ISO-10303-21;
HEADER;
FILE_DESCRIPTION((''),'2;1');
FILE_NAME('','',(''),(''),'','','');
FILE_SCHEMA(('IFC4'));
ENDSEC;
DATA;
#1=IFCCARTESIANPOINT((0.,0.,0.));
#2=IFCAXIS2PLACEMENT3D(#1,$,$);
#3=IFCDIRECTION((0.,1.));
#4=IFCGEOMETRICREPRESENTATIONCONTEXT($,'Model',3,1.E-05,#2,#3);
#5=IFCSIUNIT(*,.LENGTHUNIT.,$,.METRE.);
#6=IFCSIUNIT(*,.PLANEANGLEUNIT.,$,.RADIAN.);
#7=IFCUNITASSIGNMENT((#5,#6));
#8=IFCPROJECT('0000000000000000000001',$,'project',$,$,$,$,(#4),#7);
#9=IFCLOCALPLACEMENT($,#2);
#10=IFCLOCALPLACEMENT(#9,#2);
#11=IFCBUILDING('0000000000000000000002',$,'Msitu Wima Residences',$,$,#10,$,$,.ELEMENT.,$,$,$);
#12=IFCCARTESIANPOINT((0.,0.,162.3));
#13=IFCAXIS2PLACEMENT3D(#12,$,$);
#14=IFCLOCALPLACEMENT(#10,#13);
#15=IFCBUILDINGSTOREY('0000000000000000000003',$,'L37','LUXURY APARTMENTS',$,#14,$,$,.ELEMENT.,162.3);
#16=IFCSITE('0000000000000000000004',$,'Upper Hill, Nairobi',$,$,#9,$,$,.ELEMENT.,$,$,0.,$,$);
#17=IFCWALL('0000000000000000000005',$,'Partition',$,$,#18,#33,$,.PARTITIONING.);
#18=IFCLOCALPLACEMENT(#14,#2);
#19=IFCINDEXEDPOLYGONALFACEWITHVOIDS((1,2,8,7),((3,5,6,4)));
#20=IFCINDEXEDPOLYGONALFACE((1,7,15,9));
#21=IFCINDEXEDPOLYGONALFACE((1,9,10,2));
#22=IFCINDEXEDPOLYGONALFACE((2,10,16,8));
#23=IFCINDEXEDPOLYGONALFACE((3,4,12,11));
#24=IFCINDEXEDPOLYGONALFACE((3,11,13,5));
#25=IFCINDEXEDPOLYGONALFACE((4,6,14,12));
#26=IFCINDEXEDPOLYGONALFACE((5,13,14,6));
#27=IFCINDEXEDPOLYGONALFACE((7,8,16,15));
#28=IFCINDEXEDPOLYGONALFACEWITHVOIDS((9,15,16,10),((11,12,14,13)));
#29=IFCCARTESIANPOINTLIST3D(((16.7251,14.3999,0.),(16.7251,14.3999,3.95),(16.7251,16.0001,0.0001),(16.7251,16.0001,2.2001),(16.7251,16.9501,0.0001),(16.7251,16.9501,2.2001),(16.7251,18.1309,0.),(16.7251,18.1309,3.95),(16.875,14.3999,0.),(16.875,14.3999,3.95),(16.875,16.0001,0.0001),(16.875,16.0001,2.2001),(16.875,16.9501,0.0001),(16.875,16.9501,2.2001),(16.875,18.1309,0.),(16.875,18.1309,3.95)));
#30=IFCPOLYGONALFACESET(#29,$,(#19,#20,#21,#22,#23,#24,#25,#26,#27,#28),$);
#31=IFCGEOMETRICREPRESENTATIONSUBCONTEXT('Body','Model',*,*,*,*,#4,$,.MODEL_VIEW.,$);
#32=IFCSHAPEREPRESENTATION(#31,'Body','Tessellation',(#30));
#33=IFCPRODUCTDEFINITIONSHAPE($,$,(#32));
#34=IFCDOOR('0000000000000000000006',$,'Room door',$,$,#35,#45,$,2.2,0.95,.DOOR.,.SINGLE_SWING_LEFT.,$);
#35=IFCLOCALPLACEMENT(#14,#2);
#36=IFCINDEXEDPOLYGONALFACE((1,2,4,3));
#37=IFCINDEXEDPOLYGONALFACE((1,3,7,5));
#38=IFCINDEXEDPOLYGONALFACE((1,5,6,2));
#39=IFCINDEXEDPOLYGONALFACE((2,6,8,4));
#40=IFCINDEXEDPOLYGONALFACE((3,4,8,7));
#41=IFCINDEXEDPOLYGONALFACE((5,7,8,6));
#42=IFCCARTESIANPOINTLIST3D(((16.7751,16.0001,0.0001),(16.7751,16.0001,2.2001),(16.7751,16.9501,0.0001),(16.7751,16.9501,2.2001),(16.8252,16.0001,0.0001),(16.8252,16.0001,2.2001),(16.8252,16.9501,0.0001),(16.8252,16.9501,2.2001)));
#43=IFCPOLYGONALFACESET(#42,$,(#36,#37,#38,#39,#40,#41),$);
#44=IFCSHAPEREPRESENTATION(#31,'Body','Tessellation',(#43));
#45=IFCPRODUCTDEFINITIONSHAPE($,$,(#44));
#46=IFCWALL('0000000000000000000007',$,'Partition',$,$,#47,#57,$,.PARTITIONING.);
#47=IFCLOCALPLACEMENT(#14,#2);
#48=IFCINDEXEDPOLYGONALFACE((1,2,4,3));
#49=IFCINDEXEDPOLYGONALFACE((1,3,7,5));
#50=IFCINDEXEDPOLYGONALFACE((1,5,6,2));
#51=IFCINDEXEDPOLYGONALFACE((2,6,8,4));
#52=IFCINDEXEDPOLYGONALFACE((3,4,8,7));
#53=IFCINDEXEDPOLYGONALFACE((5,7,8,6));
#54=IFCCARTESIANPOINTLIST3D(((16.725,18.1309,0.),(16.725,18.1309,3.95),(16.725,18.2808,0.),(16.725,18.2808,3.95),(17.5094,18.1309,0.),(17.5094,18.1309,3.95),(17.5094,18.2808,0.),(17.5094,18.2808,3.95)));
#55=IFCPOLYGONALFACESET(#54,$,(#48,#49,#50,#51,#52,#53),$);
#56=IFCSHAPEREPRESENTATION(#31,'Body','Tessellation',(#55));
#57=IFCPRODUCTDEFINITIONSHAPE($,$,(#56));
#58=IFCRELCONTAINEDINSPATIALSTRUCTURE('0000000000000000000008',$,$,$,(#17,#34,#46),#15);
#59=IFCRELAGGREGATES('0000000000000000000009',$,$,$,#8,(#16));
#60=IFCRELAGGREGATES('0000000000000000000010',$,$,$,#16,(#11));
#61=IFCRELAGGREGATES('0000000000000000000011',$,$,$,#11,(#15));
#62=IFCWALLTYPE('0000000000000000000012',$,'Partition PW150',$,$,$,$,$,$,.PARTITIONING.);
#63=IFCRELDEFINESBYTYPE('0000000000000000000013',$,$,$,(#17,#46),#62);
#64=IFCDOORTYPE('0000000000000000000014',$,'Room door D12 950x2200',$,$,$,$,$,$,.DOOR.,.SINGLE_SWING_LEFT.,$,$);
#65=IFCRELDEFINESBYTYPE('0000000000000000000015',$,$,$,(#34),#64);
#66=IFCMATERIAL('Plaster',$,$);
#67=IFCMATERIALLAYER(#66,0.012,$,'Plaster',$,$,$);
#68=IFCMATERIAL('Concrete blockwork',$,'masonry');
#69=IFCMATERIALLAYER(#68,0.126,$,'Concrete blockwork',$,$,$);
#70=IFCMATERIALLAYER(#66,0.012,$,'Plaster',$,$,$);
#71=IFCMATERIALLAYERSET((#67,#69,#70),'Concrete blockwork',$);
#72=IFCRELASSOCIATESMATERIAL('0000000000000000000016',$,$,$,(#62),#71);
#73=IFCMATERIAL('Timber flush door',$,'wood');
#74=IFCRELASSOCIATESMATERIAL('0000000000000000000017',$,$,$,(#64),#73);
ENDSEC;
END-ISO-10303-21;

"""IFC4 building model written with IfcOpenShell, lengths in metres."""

from ifc_helpers import new_model, si_unit, direction, frame, frame_2d, origin, place, context, subcontext, project, spatial, rectangle, extrude, material, layer, layer_set, type_object, element, fill, save


model = new_model("IFC4")

# Units and contexts
model_context = context("Model", 3, precision=1e-05, world=origin(), true_north=direction((0.0, 1.0)))
body_context = subcontext(model_context, "Body", "Model", "MODEL_VIEW")
ifc_project = project(units=[si_unit("LENGTHUNIT", "METRE"), si_unit("PLANEANGLEUNIT", "RADIAN")], contexts=[model_context])

# Site, building, storey
site_placement = place(None, origin())
site = spatial("IfcSite", under=ifc_project, at=site_placement, Name="Upper Hill, Nairobi", CompositionType="ELEMENT", RefElevation=0.0)
building_placement = place(site_placement, origin())
building = spatial("IfcBuilding", under=site, at=building_placement, Name="Msitu Wima Residences", CompositionType="ELEMENT")
storey_placement = place(building_placement, frame((0.0, 0.0, 162.3)))
storey = spatial("IfcBuildingStorey", under=building, at=storey_placement, Name="L37", Description="LUXURY APARTMENTS", CompositionType="ELEMENT", Elevation=162.3)

# Shared definitions
ifc_material_1 = material(Name="Plaster")
ifc_material_2 = material(Name="Concrete blockwork", Category="masonry")

# Wall, opening, door
ifc_layer_1 = layer(ifc_material_1, 0.012, Name="Plaster")
ifc_layer_2 = layer(ifc_material_2, 0.126, Name="Concrete blockwork")
ifc_layer_3 = layer(ifc_material_1, 0.012, Name="Plaster")
ifc_layer_set_1 = layer_set([ifc_layer_1, ifc_layer_2, ifc_layer_3], Name="Concrete blockwork")
wall_type_1 = type_object("IfcWallType", Name="Partition PW150", PredefinedType="PARTITIONING", material=ifc_layer_set_1)
wall_1_placement = place(storey_placement, frame((16.8, 14.3999, 0.0), z_axis=(0.0, 0.0, 1.0), x_axis=(0.0, 1.0, 0.0)))
wall_1 = element("IfcWall", 1, at=wall_1_placement, inside=storey, type_object=wall_type_1, Name="Partition", PredefinedType="PARTITIONING", context=body_context, shape_type="SweptSolid", body=[
    extrude(rectangle(XDim=3.731, YDim=0.1499, at=frame_2d((1.8655, 0.0))), origin(), (0.0, 0.0, 1.0), 3.95),
])
opening_1_placement = place(wall_1_placement, frame((1.6001, 0.0, 0.0)))
opening_1 = element("IfcOpeningElement", 2, at=opening_1_placement, cuts=wall_1, PredefinedType="OPENING", context=body_context, shape_type="SweptSolid", body=[
    extrude(rectangle(XDim=0.95, YDim=2.2, at=frame_2d((0.4751, 1.1001))), frame((0.0, 0.085, 0.0), z_axis=(0.0, -1.0, 0.0), x_axis=(1.0, 0.0, 0.0)), (0.0, 0.0, 1.0), 0.1699),
])
ifc_material_3 = material(Name="Timber flush door", Category="wood")
door_type_1 = type_object("IfcDoorType", Name="Room door D12 950x2200", OperationType="SINGLE_SWING_LEFT", PredefinedType="DOOR", material=ifc_material_3)
door_1_placement = place(opening_1_placement, origin())
door_1 = element("IfcDoor", 3, at=door_1_placement, inside=storey, type_object=door_type_1, Name="Room door", OperationType="SINGLE_SWING_LEFT", OverallHeight=2.2, OverallWidth=0.95, PredefinedType="DOOR", context=body_context, shape_type="SweptSolid", body=[
    extrude(rectangle(XDim=0.95, YDim=2.2, at=frame_2d((0.4751, 1.1001))), frame((0.0, 0.0249, 0.0), z_axis=(0.0, -1.0, 0.0), x_axis=(1.0, 0.0, 0.0)), (0.0, 0.0, 1.0), 0.05),
])
fill(opening_1, door_1)

# Wall
wall_2_placement = place(storey_placement, frame((16.7251, 18.2058, 0.0), z_axis=(0.0, 0.0, 1.0), x_axis=(1.0, 0.0, 0.0)))
element("IfcWall", 4, at=wall_2_placement, inside=storey, type_object=wall_type_1, Name="Partition", PredefinedType="PARTITIONING", context=body_context, shape_type="SweptSolid", body=[
    extrude(rectangle(XDim=0.7844, YDim=0.1499, at=frame_2d((0.3921, 0.0))), origin(), (0.0, 0.0, 1.0), 3.95),
])

save(model, "model.ifc")
